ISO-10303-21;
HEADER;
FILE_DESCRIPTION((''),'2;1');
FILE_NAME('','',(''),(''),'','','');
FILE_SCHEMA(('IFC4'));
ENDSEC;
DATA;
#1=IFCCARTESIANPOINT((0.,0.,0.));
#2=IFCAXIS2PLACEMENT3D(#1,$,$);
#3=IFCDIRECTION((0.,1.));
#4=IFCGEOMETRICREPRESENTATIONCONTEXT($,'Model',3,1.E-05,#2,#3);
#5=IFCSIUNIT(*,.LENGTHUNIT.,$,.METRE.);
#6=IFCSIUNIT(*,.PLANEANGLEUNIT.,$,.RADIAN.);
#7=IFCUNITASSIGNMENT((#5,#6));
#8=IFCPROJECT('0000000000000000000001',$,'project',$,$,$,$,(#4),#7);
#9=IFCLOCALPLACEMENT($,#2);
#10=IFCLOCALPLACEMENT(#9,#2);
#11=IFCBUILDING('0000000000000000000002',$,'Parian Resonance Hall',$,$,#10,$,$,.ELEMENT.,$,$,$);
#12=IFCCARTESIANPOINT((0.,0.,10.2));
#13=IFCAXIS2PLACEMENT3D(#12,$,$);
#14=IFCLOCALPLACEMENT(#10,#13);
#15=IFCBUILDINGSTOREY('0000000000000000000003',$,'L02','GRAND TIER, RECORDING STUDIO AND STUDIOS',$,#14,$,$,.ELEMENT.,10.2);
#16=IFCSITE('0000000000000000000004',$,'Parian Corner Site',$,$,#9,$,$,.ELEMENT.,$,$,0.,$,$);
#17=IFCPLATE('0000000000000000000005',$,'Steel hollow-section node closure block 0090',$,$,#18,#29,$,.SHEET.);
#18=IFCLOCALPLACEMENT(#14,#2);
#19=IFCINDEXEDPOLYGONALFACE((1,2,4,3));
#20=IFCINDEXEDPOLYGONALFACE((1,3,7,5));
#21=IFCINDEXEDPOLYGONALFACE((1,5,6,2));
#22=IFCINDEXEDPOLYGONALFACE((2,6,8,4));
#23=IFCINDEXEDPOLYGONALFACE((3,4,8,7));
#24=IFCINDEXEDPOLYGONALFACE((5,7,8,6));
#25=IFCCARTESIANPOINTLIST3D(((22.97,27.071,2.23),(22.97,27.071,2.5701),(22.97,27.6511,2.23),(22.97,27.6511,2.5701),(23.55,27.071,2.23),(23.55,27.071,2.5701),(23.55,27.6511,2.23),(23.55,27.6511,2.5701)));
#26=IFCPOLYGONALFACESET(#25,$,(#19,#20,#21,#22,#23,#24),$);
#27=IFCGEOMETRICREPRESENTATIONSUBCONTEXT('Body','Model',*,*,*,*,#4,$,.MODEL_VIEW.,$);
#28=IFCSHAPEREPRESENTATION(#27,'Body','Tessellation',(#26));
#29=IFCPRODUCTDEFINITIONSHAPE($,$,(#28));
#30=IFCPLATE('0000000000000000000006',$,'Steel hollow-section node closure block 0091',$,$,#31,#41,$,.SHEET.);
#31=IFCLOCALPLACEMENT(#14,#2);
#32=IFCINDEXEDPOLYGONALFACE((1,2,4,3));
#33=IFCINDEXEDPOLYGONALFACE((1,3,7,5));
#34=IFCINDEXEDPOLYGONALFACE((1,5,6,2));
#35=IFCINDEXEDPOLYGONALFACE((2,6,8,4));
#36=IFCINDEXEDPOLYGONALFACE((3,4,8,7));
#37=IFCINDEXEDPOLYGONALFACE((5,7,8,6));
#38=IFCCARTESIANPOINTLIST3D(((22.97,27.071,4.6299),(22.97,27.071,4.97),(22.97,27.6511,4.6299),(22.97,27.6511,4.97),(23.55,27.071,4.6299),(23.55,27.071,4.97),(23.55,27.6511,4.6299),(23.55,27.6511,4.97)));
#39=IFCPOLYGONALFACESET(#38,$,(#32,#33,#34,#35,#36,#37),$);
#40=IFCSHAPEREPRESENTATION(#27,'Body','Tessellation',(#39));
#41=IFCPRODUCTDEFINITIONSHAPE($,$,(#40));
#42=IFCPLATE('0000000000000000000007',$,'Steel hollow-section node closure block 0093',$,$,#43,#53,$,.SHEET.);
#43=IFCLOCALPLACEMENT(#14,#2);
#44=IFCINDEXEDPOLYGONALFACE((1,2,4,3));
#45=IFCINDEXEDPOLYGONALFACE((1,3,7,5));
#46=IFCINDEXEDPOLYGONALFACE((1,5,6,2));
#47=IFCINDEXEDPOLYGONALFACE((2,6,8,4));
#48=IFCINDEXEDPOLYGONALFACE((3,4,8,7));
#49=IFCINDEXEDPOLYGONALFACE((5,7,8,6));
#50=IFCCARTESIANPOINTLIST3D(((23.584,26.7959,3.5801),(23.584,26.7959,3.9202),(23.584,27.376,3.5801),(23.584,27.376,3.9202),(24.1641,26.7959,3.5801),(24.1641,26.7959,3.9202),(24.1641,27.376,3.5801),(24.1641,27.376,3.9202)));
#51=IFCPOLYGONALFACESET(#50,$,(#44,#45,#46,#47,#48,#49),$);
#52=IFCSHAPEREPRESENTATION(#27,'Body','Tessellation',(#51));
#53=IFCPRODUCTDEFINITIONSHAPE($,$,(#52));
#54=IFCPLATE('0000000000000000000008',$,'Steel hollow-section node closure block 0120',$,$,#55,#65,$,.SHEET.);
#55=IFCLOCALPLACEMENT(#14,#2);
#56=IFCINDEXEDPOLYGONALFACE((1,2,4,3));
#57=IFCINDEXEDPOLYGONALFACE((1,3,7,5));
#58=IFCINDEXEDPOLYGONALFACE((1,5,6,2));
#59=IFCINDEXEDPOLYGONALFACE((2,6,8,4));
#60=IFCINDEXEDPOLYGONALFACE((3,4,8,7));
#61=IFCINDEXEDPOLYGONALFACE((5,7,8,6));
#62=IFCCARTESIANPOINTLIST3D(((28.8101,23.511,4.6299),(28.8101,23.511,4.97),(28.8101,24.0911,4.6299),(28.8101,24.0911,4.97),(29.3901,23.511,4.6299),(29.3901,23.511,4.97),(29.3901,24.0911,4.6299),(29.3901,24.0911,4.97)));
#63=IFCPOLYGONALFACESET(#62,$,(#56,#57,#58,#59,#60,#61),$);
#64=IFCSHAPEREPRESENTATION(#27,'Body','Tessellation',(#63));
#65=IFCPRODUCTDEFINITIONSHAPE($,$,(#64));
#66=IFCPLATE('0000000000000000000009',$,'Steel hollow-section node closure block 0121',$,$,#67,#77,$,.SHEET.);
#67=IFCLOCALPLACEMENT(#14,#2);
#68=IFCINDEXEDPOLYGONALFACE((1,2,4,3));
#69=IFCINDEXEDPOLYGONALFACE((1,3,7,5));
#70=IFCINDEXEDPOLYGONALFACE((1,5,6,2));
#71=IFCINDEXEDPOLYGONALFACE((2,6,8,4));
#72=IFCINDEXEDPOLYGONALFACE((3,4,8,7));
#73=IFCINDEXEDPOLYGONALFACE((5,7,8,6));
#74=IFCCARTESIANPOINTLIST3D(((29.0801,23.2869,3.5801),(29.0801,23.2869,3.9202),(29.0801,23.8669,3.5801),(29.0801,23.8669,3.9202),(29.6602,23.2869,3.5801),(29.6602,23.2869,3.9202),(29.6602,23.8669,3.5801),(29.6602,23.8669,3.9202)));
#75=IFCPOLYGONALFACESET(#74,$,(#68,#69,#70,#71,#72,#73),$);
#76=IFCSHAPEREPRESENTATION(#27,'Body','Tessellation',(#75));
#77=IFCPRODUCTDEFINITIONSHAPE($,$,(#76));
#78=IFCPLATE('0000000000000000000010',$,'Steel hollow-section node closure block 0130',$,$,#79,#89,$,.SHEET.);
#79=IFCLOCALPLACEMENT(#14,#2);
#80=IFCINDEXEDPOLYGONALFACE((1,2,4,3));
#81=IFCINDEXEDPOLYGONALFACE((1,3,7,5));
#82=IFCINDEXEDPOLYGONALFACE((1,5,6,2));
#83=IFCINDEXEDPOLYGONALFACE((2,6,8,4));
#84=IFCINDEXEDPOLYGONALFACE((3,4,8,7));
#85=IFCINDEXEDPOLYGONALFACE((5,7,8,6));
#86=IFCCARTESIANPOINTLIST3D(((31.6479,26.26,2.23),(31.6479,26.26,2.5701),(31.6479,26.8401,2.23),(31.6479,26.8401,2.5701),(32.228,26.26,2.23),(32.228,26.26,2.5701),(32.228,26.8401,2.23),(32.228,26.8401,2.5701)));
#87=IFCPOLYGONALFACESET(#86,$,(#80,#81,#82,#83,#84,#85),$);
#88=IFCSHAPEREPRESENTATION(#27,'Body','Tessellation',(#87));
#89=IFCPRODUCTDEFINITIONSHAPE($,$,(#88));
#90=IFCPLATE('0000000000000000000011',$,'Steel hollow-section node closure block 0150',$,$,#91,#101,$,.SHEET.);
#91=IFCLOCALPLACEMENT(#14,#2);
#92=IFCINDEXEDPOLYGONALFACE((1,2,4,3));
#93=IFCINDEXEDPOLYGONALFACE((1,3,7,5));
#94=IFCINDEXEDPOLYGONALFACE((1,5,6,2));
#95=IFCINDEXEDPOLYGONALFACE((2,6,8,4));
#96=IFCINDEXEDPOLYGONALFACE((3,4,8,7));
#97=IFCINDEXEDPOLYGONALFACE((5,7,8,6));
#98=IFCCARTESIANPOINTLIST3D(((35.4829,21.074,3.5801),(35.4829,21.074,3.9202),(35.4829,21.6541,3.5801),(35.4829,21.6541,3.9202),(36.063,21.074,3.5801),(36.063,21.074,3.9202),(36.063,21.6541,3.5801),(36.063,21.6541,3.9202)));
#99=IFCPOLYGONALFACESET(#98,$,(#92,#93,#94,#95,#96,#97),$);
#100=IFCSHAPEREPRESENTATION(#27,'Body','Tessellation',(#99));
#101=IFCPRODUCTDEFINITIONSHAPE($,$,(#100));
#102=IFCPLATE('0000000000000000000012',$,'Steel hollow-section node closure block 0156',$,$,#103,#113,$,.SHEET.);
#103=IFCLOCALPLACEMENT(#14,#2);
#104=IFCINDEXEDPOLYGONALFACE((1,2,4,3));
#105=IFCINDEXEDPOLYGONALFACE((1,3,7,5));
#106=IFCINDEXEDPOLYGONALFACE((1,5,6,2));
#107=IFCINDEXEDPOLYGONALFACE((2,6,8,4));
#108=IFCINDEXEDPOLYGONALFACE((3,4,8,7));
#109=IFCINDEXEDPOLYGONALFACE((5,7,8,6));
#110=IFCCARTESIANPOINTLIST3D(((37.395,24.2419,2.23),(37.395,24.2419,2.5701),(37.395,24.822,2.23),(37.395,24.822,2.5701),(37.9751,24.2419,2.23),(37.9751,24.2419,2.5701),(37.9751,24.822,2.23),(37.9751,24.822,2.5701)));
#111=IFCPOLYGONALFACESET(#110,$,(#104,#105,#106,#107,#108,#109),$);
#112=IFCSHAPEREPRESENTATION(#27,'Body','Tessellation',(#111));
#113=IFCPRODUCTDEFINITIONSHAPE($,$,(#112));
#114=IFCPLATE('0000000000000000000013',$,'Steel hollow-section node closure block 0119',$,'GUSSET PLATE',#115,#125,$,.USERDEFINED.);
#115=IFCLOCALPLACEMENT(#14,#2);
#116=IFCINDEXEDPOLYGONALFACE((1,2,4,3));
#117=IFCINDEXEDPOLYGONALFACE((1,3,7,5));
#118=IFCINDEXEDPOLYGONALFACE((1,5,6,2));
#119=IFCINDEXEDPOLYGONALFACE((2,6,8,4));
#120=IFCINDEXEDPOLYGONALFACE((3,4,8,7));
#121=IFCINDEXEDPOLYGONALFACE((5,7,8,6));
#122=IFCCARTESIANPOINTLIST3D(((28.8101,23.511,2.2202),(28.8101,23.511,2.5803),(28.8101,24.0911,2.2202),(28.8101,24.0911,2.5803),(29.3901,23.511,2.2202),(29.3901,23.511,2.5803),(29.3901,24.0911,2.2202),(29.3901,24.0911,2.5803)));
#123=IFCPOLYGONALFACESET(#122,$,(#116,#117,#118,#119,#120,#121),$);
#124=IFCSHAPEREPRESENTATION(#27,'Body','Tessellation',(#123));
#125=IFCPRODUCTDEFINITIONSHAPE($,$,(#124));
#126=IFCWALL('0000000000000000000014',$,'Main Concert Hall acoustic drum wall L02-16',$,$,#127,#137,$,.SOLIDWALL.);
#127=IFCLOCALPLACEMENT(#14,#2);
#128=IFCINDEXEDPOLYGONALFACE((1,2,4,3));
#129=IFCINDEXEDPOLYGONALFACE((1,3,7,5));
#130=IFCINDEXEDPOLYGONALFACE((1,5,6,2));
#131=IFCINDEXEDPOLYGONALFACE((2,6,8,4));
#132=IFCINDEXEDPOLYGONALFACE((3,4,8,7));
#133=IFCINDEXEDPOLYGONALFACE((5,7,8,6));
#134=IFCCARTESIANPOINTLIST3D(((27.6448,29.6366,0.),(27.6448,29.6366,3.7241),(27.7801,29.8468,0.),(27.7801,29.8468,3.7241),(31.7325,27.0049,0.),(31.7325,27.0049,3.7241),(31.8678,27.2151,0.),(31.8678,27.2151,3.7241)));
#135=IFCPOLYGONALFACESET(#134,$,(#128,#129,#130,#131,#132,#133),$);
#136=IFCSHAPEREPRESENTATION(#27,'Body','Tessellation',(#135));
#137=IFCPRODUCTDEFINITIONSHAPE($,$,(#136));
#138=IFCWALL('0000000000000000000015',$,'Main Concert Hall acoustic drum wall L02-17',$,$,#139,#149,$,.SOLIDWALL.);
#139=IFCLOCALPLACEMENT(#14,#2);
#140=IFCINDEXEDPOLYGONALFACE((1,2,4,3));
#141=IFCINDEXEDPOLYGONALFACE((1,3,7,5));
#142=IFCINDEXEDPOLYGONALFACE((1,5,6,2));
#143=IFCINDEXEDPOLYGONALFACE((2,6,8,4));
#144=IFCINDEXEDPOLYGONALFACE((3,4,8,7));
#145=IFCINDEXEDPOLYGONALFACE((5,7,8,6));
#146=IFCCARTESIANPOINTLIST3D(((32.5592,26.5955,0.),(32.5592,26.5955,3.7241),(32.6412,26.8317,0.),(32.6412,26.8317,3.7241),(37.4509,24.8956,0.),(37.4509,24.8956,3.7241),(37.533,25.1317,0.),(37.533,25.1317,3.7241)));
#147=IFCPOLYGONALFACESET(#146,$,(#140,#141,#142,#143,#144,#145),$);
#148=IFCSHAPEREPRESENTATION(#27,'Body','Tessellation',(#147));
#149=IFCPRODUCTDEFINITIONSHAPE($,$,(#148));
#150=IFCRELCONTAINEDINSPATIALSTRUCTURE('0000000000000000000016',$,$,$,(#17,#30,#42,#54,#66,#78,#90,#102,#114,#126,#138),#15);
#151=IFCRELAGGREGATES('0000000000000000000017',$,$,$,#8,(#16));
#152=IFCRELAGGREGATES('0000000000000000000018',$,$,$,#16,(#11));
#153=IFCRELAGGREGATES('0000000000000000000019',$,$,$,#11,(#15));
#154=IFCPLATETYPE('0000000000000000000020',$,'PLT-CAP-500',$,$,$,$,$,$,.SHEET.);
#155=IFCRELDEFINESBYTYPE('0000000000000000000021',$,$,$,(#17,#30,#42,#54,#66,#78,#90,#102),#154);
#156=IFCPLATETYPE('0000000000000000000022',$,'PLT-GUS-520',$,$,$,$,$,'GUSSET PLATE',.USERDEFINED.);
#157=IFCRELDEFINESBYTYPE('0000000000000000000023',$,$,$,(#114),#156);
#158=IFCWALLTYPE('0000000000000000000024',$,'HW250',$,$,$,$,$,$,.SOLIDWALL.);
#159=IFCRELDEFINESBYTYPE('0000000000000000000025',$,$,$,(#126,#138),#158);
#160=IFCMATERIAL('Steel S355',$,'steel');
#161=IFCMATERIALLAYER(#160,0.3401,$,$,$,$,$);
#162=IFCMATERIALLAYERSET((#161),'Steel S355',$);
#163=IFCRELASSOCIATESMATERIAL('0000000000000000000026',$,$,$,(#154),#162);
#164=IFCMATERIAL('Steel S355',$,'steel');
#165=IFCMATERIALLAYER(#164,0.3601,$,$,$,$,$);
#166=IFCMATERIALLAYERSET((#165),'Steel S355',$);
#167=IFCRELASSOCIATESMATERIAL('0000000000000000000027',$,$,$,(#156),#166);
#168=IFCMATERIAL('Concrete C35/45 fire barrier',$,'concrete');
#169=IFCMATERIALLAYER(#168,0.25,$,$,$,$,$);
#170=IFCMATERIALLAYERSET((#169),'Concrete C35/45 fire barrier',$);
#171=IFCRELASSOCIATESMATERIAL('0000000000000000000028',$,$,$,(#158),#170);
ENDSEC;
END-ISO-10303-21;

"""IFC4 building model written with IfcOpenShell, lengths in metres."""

from ifc_helpers import new_model, si_unit, direction, frame, frame_2d, origin, origin_2d, place, context, subcontext, project, spatial, rectangle, extrude, material, layer, layer_set, type_object, element, save


model = new_model("IFC4")

# Units and contexts
model_context = context("Model", 3, precision=1e-05, world=origin(), true_north=direction((0.0, 1.0)))
body_context = subcontext(model_context, "Body", "Model", "MODEL_VIEW")
ifc_project = project(units=[si_unit("LENGTHUNIT", "METRE"), si_unit("PLANEANGLEUNIT", "RADIAN")], contexts=[model_context])

# Site, building, storey
site_placement = place(None, origin())
site = spatial("IfcSite", under=ifc_project, at=site_placement, Name="Parian Corner Site", CompositionType="ELEMENT", RefElevation=0.0)
building_placement = place(site_placement, origin())
building = spatial("IfcBuilding", under=site, at=building_placement, Name="Parian Resonance Hall", CompositionType="ELEMENT")
storey_placement = place(building_placement, frame((0.0, 0.0, 10.2)))
storey = spatial("IfcBuildingStorey", under=building, at=storey_placement, Name="L02", Description="GRAND TIER, RECORDING STUDIO AND STUDIOS", CompositionType="ELEMENT", Elevation=10.2)

# Plates
ifc_material_1 = material(Name="Steel S355", Category="steel")
ifc_layer_1 = layer(ifc_material_1, 0.3401)
ifc_layer_set_1 = layer_set([ifc_layer_1], Name="Steel S355")
plate_type_1 = type_object("IfcPlateType", Name="PLT-CAP-500", PredefinedType="SHEET", material=ifc_layer_set_1)
for number, where, z_axis, x_axis, name in (
    (1, (23.26, 27.3611, 2.23), (0.0, 0.0, 1.0), (1.0, 0.0, 0.0), "Steel hollow-section node closure block 0090"),
    (2, (23.26, 27.3611, 4.6299), (0.0, 0.0, 1.0), (1.0, 0.0, 0.0), "Steel hollow-section node closure block 0091"),
    (3, (23.874, 27.0859, 3.5801), (0.0, 0.0, 1.0), (1.0, 0.0, 0.0), "Steel hollow-section node closure block 0093"),
    (4, (29.1001, 23.801, 4.6299), (0.0, 0.0, 1.0), (1.0, 0.0, 0.0), "Steel hollow-section node closure block 0120"),
    (5, (29.3701, 23.5769, 3.5801), (0.0, 0.0, 1.0), (1.0, 0.0, 0.0), "Steel hollow-section node closure block 0121"),
    (6, (31.938, 26.55, 2.23), (0.0, 0.0, 1.0), (1.0, 0.0, 0.0), "Steel hollow-section node closure block 0130"),
    (7, (35.7729, 21.364, 3.5801), (0.0, 0.0, 1.0), (1.0, 0.0, 0.0), "Steel hollow-section node closure block 0150"),
    (8, (37.6851, 24.532, 2.23), (0.0, 0.0, 1.0), (1.0, 0.0, 0.0), "Steel hollow-section node closure block 0156"),
):
    element("IfcPlate", number, at=place(storey_placement, frame(where, z_axis=z_axis, x_axis=x_axis)), inside=storey, type_object=plate_type_1, Name=name, PredefinedType="SHEET", context=body_context, shape_type="SweptSolid", body=[
        extrude(rectangle(XDim=0.5801, YDim=0.5801, at=origin_2d()), origin(), (0.0, 0.0, 1.0), 0.3401),
    ])
ifc_material_2 = material(Name="Steel S355", Category="steel")
ifc_layer_2 = layer(ifc_material_2, 0.3601)
ifc_layer_set_2 = layer_set([ifc_layer_2], Name="Steel S355")
plate_type_2 = type_object("IfcPlateType", Name="PLT-GUS-520", ElementType="GUSSET PLATE", PredefinedType="USERDEFINED", material=ifc_layer_set_2)
plate_1_placement = place(storey_placement, frame((29.1001, 23.801, 2.2202), z_axis=(0.0, 0.0, 1.0), x_axis=(1.0, 0.0, 0.0)))
element("IfcPlate", 9, at=plate_1_placement, inside=storey, type_object=plate_type_2, Name="Steel hollow-section node closure block 0119", ObjectType="GUSSET PLATE", PredefinedType="USERDEFINED", context=body_context, shape_type="SweptSolid", body=[
    extrude(rectangle(XDim=0.5801, YDim=0.5801, at=origin_2d()), origin(), (0.0, 0.0, 1.0), 0.3601),
])

# Walls
ifc_material_3 = material(Name="Concrete C35/45 fire barrier", Category="concrete")
ifc_layer_3 = layer(ifc_material_3, 0.25)
ifc_layer_set_3 = layer_set([ifc_layer_3], Name="Concrete C35/45 fire barrier")
wall_type = type_object("IfcWallType", Name="HW250", PredefinedType="SOLIDWALL", material=ifc_layer_set_3)
wall_1_placement = place(storey_placement, frame((31.8, 27.1101, 0.0), z_axis=(0.0, 0.0, 1.0), x_axis=(-0.840821, 0.541313, 0.0)))
element("IfcWall", 10, at=wall_1_placement, inside=storey, type_object=wall_type, Name="Main Concert Hall acoustic drum wall L02-16", PredefinedType="SOLIDWALL", context=body_context, shape_type="SweptSolid", body=[
    extrude(rectangle(XDim=4.8616, YDim=0.25, at=frame_2d((2.4307, 0.0))), origin(), (0.0, 0.0, 1.0), 3.7241),
])
wall_2_placement = place(storey_placement, frame((37.4919, 25.0137, 0.0), z_axis=(0.0, 0.0, 1.0), x_axis=(-0.94459, 0.328252, 0.0)))
element("IfcWall", 11, at=wall_2_placement, inside=storey, type_object=wall_type, Name="Main Concert Hall acoustic drum wall L02-17", PredefinedType="SOLIDWALL", context=body_context, shape_type="SweptSolid", body=[
    extrude(rectangle(XDim=5.1787, YDim=0.25, at=frame_2d((2.5894, 0.0))), origin(), (0.0, 0.0, 1.0), 3.7241),
])

save(model, "model.ifc")
